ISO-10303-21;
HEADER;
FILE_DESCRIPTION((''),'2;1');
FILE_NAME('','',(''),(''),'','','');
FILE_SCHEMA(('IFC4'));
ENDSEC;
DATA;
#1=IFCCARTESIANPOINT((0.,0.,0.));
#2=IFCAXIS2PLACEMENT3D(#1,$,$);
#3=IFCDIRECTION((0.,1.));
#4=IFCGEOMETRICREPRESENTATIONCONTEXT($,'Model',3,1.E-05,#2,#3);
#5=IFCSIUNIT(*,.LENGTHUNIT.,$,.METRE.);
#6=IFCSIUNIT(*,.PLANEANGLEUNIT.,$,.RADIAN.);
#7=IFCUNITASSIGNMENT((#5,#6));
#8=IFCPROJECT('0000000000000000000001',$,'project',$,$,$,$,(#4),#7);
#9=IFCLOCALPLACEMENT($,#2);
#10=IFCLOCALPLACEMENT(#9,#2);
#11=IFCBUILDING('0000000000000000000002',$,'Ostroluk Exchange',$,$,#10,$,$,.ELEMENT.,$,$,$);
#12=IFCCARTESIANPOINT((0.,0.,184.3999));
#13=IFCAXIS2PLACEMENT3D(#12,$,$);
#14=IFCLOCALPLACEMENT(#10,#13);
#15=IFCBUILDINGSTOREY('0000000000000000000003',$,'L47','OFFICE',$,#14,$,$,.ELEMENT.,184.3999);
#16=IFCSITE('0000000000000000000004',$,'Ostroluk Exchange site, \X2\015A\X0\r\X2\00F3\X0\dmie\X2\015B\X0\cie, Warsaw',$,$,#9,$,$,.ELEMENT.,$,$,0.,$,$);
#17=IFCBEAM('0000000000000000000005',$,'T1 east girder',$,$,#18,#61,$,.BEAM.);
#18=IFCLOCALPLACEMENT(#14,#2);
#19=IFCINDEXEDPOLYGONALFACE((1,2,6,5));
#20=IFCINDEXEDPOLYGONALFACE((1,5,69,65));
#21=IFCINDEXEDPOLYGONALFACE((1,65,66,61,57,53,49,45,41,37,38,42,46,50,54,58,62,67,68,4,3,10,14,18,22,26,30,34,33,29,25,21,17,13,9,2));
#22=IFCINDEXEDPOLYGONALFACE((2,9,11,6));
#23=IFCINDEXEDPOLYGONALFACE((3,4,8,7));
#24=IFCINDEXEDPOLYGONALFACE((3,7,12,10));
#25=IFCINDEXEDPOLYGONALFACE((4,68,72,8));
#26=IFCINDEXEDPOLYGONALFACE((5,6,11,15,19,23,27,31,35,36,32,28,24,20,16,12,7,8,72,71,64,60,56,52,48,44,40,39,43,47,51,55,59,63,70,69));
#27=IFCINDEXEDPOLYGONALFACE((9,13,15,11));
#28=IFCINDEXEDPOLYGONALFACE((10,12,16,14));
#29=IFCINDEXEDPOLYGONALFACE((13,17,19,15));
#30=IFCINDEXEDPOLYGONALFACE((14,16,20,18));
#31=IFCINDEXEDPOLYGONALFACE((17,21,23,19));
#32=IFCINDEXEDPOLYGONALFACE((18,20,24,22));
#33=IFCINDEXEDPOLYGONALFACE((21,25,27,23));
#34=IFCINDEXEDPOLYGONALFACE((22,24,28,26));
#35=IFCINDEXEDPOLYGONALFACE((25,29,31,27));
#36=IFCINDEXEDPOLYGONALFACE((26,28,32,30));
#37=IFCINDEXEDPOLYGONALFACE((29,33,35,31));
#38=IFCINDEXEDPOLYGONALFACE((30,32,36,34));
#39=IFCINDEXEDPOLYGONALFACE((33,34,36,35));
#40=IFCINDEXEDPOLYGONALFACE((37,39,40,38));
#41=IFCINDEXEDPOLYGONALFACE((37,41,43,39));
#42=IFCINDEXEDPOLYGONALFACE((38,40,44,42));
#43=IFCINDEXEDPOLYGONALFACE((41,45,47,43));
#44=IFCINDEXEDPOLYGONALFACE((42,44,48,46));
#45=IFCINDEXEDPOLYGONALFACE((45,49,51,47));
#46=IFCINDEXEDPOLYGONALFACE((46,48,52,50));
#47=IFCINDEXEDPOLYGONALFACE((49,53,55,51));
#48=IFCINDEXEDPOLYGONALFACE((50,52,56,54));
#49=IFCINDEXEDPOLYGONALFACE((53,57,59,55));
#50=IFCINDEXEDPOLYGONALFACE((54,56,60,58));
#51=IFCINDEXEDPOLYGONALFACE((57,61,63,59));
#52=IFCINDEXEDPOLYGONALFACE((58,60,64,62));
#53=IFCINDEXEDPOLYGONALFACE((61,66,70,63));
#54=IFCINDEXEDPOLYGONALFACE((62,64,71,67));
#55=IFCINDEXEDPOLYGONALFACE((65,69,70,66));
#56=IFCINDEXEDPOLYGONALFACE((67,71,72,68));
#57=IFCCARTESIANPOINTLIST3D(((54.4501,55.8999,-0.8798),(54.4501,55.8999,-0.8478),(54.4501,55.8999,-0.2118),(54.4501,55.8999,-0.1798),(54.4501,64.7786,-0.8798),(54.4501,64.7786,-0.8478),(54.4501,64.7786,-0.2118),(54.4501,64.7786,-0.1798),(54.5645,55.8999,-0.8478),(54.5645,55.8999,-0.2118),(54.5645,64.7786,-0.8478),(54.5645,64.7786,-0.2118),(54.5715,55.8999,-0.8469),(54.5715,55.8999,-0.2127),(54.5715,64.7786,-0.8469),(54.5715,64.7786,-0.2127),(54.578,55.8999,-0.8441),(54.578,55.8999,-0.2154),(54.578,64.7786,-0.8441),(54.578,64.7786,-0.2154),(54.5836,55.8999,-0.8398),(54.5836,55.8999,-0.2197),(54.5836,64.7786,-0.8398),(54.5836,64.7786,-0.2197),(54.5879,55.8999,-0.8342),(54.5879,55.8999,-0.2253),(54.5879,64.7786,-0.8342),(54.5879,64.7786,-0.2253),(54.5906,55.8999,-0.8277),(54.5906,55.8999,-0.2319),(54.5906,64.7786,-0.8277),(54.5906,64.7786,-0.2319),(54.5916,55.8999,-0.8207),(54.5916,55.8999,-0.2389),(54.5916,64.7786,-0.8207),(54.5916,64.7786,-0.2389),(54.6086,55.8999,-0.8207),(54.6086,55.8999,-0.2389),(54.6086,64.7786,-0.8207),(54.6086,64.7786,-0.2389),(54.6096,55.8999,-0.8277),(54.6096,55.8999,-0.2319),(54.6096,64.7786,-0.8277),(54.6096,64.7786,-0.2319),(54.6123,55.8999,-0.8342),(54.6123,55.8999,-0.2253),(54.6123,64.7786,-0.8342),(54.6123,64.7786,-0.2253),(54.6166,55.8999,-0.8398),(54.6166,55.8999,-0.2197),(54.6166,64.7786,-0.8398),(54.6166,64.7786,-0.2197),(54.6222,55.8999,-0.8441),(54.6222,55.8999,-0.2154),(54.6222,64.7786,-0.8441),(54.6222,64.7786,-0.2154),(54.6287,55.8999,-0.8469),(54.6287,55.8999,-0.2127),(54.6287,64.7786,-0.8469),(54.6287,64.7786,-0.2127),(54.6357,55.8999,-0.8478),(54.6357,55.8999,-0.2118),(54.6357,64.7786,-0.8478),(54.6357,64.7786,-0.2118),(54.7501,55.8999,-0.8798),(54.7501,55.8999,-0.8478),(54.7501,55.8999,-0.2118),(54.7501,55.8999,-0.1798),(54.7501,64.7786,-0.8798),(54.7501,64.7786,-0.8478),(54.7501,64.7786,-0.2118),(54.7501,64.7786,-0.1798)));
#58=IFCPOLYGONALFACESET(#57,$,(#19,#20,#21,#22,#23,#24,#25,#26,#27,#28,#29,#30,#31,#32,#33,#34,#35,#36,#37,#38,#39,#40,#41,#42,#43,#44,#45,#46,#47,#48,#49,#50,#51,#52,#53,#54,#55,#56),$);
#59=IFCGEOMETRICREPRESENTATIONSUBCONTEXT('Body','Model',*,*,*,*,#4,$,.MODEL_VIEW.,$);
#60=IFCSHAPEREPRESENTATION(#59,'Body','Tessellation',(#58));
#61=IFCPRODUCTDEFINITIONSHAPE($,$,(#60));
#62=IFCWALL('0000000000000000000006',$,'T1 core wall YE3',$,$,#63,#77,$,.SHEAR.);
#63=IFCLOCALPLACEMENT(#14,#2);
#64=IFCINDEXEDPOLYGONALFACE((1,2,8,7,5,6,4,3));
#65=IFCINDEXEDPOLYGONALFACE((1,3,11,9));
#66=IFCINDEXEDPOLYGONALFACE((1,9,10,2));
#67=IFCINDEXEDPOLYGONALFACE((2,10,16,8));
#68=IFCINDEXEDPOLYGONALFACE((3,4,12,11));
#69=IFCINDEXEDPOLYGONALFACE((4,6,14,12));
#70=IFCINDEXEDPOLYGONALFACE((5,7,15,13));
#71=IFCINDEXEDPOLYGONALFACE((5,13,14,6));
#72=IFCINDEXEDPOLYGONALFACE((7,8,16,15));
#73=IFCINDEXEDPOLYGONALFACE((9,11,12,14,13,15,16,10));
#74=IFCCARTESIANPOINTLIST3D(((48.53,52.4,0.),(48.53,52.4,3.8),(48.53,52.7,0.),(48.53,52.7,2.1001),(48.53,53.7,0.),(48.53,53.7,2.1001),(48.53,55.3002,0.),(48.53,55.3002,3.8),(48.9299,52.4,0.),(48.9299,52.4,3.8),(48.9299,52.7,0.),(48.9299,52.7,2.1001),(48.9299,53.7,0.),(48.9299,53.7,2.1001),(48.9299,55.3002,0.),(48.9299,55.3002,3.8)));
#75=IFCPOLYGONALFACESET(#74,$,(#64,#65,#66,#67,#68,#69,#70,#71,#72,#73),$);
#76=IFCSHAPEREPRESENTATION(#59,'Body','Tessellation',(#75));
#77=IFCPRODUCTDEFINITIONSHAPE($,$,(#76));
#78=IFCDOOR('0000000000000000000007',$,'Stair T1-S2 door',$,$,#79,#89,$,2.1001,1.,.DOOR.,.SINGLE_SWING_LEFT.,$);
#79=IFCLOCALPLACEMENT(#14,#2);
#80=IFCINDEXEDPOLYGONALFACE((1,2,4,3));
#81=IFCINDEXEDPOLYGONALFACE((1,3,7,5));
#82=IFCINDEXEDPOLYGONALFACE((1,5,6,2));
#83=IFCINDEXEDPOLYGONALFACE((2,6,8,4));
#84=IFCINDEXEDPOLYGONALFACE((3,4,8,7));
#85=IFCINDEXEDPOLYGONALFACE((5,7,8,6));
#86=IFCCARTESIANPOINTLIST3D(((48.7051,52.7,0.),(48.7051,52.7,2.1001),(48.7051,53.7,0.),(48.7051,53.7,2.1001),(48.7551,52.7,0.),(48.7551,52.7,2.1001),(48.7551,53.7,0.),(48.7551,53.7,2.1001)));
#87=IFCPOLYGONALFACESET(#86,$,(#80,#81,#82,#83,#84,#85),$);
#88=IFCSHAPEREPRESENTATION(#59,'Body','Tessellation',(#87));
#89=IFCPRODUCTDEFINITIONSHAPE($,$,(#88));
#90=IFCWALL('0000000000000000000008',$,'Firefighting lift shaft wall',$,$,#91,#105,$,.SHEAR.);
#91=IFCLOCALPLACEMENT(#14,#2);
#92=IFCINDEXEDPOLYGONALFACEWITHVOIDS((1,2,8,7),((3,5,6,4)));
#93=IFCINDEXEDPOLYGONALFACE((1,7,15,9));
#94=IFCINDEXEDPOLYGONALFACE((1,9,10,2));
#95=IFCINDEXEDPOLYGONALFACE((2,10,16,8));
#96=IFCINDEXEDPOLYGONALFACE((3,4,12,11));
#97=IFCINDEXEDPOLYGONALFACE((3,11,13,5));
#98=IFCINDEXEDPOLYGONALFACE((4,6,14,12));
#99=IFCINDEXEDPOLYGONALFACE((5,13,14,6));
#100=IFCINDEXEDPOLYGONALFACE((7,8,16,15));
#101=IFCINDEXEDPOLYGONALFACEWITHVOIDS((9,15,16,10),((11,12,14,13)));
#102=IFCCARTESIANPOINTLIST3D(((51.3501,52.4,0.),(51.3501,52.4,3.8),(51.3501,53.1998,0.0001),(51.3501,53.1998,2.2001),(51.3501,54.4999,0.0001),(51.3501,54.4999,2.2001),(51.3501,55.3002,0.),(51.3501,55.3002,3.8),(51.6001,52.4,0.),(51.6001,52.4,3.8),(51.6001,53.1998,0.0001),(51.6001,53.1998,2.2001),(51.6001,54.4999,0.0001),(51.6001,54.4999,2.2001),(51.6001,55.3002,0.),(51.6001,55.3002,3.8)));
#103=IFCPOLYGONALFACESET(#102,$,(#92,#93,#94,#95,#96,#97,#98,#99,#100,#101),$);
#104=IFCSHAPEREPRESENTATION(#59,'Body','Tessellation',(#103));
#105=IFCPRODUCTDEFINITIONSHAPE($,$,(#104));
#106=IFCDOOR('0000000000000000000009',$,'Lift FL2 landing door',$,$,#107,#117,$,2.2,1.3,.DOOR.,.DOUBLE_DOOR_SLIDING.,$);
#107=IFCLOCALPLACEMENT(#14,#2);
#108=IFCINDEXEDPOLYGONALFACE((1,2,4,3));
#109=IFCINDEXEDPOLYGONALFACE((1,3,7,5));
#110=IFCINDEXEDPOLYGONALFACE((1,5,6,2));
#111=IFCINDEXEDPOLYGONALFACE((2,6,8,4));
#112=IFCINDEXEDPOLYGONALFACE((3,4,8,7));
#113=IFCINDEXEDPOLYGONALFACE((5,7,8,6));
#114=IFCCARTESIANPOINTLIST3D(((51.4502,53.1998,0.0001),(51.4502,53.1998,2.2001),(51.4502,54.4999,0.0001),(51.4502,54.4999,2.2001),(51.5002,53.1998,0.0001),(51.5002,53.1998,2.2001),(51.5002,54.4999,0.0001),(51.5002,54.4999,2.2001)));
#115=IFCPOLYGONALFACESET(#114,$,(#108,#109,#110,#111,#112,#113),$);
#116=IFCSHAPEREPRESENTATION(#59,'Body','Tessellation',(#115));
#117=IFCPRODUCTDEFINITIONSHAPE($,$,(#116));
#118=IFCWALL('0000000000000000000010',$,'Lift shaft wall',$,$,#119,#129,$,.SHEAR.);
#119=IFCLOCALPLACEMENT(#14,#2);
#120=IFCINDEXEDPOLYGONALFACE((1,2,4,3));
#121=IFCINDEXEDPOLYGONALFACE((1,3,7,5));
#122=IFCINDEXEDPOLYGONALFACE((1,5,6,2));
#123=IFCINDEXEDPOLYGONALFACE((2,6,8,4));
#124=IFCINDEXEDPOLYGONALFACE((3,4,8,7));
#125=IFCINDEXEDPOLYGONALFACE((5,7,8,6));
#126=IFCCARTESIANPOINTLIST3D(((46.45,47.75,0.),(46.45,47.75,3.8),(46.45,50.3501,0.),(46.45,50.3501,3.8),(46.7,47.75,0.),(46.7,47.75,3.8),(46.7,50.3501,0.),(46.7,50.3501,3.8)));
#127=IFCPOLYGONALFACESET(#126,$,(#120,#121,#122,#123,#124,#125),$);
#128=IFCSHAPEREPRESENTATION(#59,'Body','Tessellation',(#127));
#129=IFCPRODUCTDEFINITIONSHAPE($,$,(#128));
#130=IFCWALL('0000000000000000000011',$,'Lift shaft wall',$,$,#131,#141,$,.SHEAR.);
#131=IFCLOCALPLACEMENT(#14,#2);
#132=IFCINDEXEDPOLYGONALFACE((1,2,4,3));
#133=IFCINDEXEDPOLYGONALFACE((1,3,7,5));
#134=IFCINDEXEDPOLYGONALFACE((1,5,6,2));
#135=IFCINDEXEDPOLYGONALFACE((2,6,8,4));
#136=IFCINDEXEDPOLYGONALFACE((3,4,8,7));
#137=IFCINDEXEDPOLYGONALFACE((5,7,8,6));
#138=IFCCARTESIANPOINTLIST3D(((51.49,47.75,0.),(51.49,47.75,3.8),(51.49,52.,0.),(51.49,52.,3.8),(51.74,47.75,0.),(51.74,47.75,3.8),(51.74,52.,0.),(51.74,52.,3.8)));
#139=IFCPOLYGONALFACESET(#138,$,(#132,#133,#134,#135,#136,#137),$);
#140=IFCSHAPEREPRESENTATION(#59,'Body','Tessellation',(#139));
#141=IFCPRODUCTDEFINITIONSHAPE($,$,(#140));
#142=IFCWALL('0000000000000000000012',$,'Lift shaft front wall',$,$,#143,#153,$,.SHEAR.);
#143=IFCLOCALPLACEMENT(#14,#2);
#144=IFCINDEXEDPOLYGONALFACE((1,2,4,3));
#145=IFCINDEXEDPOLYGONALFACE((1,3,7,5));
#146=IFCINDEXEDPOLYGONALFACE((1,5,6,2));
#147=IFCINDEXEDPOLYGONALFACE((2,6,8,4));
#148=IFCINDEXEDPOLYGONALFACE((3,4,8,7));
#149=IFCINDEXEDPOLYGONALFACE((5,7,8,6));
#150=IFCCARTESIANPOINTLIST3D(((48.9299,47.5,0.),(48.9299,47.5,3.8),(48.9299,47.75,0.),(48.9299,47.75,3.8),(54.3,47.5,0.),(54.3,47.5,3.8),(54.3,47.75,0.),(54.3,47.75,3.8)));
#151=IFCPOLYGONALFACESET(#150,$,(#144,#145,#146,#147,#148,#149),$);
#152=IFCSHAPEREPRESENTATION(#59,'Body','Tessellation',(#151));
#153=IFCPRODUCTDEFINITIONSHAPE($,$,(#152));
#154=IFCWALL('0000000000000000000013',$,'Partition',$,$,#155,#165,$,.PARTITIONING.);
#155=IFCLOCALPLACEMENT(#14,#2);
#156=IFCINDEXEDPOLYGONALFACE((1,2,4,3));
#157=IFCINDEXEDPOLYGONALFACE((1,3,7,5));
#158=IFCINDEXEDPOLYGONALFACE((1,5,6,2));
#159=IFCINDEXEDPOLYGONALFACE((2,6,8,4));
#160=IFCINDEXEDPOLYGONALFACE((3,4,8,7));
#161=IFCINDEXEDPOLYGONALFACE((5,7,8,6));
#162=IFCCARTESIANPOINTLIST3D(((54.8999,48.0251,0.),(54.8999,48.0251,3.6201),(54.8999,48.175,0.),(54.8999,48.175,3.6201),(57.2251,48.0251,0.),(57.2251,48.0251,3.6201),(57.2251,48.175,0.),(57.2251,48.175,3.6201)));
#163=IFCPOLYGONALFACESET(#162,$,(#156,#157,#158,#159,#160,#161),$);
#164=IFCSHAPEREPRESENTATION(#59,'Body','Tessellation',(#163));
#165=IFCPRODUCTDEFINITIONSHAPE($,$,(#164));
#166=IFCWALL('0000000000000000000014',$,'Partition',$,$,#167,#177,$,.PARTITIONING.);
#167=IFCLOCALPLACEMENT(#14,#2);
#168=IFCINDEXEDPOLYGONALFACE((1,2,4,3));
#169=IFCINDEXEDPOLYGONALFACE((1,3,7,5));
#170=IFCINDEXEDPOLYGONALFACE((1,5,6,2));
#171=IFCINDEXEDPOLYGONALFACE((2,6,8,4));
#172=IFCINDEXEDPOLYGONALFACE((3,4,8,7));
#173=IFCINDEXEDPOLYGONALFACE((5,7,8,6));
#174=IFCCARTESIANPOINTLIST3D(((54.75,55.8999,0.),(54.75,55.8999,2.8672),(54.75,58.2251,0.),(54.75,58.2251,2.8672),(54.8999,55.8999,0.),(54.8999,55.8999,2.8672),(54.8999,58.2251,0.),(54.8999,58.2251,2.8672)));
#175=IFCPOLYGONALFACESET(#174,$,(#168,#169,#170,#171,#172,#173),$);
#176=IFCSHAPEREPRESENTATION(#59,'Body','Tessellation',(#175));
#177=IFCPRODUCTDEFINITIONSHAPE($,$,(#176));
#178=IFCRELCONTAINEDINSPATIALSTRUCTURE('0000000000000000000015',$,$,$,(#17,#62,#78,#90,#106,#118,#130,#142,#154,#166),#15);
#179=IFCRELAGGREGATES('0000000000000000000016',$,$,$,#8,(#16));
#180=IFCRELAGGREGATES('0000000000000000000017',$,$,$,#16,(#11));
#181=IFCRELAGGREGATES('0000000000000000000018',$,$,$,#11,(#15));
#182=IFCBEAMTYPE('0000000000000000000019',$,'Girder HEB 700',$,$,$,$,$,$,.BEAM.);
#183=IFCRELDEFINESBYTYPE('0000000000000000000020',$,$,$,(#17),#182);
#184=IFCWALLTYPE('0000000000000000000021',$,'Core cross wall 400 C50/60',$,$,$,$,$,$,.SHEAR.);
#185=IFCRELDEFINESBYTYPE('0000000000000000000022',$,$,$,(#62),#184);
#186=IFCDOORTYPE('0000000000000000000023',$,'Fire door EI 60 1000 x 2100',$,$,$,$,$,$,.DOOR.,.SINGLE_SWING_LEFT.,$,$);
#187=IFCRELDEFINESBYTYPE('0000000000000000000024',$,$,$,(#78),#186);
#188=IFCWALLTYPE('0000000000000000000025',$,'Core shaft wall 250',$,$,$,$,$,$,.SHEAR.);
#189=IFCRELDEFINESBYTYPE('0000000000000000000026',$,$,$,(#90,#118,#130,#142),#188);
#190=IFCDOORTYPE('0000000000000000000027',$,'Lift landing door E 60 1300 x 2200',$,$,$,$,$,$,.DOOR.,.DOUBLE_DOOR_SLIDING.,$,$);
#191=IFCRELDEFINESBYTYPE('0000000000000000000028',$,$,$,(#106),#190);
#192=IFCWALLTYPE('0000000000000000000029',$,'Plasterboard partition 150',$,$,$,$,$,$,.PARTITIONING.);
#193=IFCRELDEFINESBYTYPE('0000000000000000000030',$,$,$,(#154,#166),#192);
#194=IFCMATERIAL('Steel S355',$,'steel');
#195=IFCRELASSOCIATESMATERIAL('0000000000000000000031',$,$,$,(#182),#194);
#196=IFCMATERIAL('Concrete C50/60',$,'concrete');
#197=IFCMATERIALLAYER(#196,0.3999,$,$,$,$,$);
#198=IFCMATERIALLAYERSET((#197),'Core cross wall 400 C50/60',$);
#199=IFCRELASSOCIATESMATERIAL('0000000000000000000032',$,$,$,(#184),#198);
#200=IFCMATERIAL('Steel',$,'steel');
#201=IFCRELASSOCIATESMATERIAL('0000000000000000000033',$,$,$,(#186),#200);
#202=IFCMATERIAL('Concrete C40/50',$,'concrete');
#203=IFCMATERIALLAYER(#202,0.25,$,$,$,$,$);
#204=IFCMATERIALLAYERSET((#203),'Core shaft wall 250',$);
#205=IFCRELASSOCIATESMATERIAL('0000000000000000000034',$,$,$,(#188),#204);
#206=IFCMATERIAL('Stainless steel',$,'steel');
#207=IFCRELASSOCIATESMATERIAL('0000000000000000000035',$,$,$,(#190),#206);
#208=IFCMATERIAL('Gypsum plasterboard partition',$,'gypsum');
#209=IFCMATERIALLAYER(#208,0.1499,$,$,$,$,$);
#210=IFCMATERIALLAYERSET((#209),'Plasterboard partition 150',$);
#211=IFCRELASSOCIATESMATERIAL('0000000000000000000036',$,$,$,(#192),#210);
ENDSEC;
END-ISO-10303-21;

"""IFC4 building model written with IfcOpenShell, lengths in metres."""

from ifc_helpers import new_model, si_unit, direction, frame, frame_2d, origin, origin_2d, place, context, subcontext, project, spatial, rectangle, i_section, extrude, material, layer, layer_set, material_profile, profile_set, type_object, element, fill, save


model = new_model("IFC4")

# Units and contexts
model_context = context("Model", 3, precision=1e-05, world=origin(), true_north=direction((0.0, 1.0)))
body_context = subcontext(model_context, "Body", "Model", "MODEL_VIEW")
ifc_project = project(units=[si_unit("LENGTHUNIT", "METRE"), si_unit("PLANEANGLEUNIT", "RADIAN")], contexts=[model_context])

# Site, building, storey
site_placement = place(None, origin())
site = spatial("IfcSite", under=ifc_project, at=site_placement, Name="Ostroluk Exchange site, Śródmieście, Warsaw", CompositionType="ELEMENT", RefElevation=0.0)
building_placement = place(site_placement, origin())
building = spatial("IfcBuilding", under=site, at=building_placement, Name="Ostroluk Exchange", CompositionType="ELEMENT")
storey_placement = place(building_placement, frame((0.0, 0.0, 184.3999)))
storey = spatial("IfcBuildingStorey", under=building, at=storey_placement, Name="L47", Description="OFFICE", CompositionType="ELEMENT", Elevation=184.3999)

# Beam
ifc_material_1 = material(Name="Steel S355", Category="steel")
ifc_material_profile_1 = material_profile(ifc_material_1, i_section(OverallWidth=0.3, OverallDepth=0.7, WebThickness=0.0171, FlangeThickness=0.032, FilletRadius=0.0271, at=origin_2d()), Name="HEB 700")
ifc_profile_set_1 = profile_set([ifc_material_profile_1], Name="Steel S355")
beam_type_1 = type_object("IfcBeamType", Name="Girder HEB 700", PredefinedType="BEAM", material=ifc_profile_set_1)
beam_1_placement = place(storey_placement, frame((54.6001, 55.8999, -0.5298), z_axis=(0.0, 1.0, 0.0), x_axis=(-1.0, 0.0, 0.0)))
element("IfcBeam", 1, at=beam_1_placement, inside=storey, type_object=beam_type_1, Name="T1 east girder", PredefinedType="BEAM", context=body_context, shape_type="SweptSolid", body=[
    extrude(i_section(OverallWidth=0.3, OverallDepth=0.7, WebThickness=0.0171, FlangeThickness=0.032, FilletRadius=0.0271, at=origin_2d()), origin(), (0.0, 0.0, 1.0), 8.8787),
])

# Walls, openings, doors
ifc_material_2 = material(Name="Concrete C50/60", Category="concrete")
ifc_layer_1 = layer(ifc_material_2, 0.3999)
ifc_layer_set_1 = layer_set([ifc_layer_1], Name="Core cross wall 400 C50/60")
wall_type_1 = type_object("IfcWallType", Name="Core cross wall 400 C50/60", PredefinedType="SHEAR", material=ifc_layer_set_1)
wall_1_placement = place(storey_placement, frame((48.73, 52.3999, 0.0), z_axis=(0.0, 0.0, 1.0), x_axis=(0.0, 1.0, 0.0)))
wall_1 = element("IfcWall", 2, at=wall_1_placement, inside=storey, type_object=wall_type_1, Name="T1 core wall YE3", PredefinedType="SHEAR", context=body_context, shape_type="SweptSolid", body=[
    extrude(rectangle(XDim=2.9001, YDim=0.3999, at=frame_2d((1.4502, 0.0))), origin(), (0.0, 0.0, 1.0), 3.8),
])
opening_1_placement = place(wall_1_placement, frame((0.3, 0.0, 0.0)))
opening_1 = element("IfcOpeningElement", 3, at=opening_1_placement, cuts=wall_1, PredefinedType="OPENING", context=body_context, shape_type="SweptSolid", body=[
    extrude(rectangle(XDim=1.0, YDim=2.1001, at=frame_2d((0.5, 1.05))), frame((0.0, 0.21, 0.0), z_axis=(0.0, -1.0, 0.0), x_axis=(1.0, 0.0, 0.0)), (0.0, 0.0, 1.0), 0.4199),
])
ifc_material_3 = material(Name="Steel", Category="steel")
door_type_1 = type_object("IfcDoorType", Name="Fire door EI 60 1000 x 2100", OperationType="SINGLE_SWING_LEFT", PredefinedType="DOOR", material=ifc_material_3)
door_1_placement = place(opening_1_placement, origin())
door_1 = element("IfcDoor", 4, at=door_1_placement, inside=storey, type_object=door_type_1, Name="Stair T1-S2 door", OperationType="SINGLE_SWING_LEFT", OverallHeight=2.1001, OverallWidth=1.0, PredefinedType="DOOR", context=body_context, shape_type="SweptSolid", body=[
    extrude(rectangle(XDim=1.0, YDim=2.1001, at=frame_2d((0.5, 1.05))), frame((0.0, 0.0249, 0.0), z_axis=(0.0, -1.0, 0.0), x_axis=(1.0, 0.0, 0.0)), (0.0, 0.0, 1.0), 0.05),
])
fill(opening_1, door_1)
ifc_material_4 = material(Name="Concrete C40/50", Category="concrete")
ifc_layer_2 = layer(ifc_material_4, 0.25)
ifc_layer_set_2 = layer_set([ifc_layer_2], Name="Core shaft wall 250")
wall_type_2 = type_object("IfcWallType", Name="Core shaft wall 250", PredefinedType="SHEAR", material=ifc_layer_set_2)
wall_2_placement = place(storey_placement, frame((51.4751, 52.3999, 0.0), z_axis=(0.0, 0.0, 1.0), x_axis=(0.0, 1.0, 0.0)))
wall_2 = element("IfcWall", 5, at=wall_2_placement, inside=storey, type_object=wall_type_2, Name="Firefighting lift shaft wall", PredefinedType="SHEAR", context=body_context, shape_type="SweptSolid", body=[
    extrude(rectangle(XDim=2.9001, YDim=0.25, at=frame_2d((1.4502, 0.0))), origin(), (0.0, 0.0, 1.0), 3.8),
])
opening_2_placement = place(wall_2_placement, frame((0.8, 0.0, 0.0)))
opening_2 = element("IfcOpeningElement", 6, at=opening_2_placement, cuts=wall_2, PredefinedType="OPENING", context=body_context, shape_type="SweptSolid", body=[
    extrude(rectangle(XDim=1.3, YDim=2.2, at=frame_2d((0.6499, 1.1001))), frame((0.0, 0.135, 0.0), z_axis=(0.0, -1.0, 0.0), x_axis=(1.0, 0.0, 0.0)), (0.0, 0.0, 1.0), 0.27),
])
ifc_material_5 = material(Name="Stainless steel", Category="steel")
door_type_2 = type_object("IfcDoorType", Name="Lift landing door E 60 1300 x 2200", OperationType="DOUBLE_DOOR_SLIDING", PredefinedType="DOOR", material=ifc_material_5)
door_2_placement = place(opening_2_placement, origin())
door_2 = element("IfcDoor", 7, at=door_2_placement, inside=storey, type_object=door_type_2, Name="Lift FL2 landing door", OperationType="DOUBLE_DOOR_SLIDING", OverallHeight=2.2, OverallWidth=1.3, PredefinedType="DOOR", context=body_context, shape_type="SweptSolid", body=[
    extrude(rectangle(XDim=1.3, YDim=2.2, at=frame_2d((0.6499, 1.1001))), frame((0.0, 0.0249, 0.0), z_axis=(0.0, -1.0, 0.0), x_axis=(1.0, 0.0, 0.0)), (0.0, 0.0, 1.0), 0.05),
])
fill(opening_2, door_2)

# Walls
wall_3_placement = place(storey_placement, frame((46.575, 47.75, 0.0), z_axis=(0.0, 0.0, 1.0), x_axis=(0.0, 1.0, 0.0)))
element("IfcWall", 8, at=wall_3_placement, inside=storey, type_object=wall_type_2, Name="Lift shaft wall", PredefinedType="SHEAR", context=body_context, shape_type="SweptSolid", body=[
    extrude(rectangle(XDim=2.6001, YDim=0.25, at=frame_2d((1.3, 0.0))), origin(), (0.0, 0.0, 1.0), 3.8),
])
wall_4_placement = place(storey_placement, frame((51.615, 47.75, 0.0), z_axis=(0.0, 0.0, 1.0), x_axis=(0.0, 1.0, 0.0)))
element("IfcWall", 9, at=wall_4_placement, inside=storey, type_object=wall_type_2, Name="Lift shaft wall", PredefinedType="SHEAR", context=body_context, shape_type="SweptSolid", body=[
    extrude(rectangle(XDim=4.25, YDim=0.25, at=frame_2d((2.125, 0.0))), origin(), (0.0, 0.0, 1.0), 3.8),
])
wall_5_placement = place(storey_placement, frame((48.9299, 47.625, 0.0), z_axis=(0.0, 0.0, 1.0), x_axis=(1.0, 0.0, 0.0)))
element("IfcWall", 10, at=wall_5_placement, inside=storey, type_object=wall_type_2, Name="Lift shaft front wall", PredefinedType="SHEAR", context=body_context, shape_type="SweptSolid", body=[
    extrude(rectangle(XDim=5.3701, YDim=0.25, at=frame_2d((2.6851, 0.0))), origin(), (0.0, 0.0, 1.0), 3.8),
])
ifc_material_6 = material(Name="Gypsum plasterboard partition", Category="gypsum")
ifc_layer_3 = layer(ifc_material_6, 0.1499)
ifc_layer_set_3 = layer_set([ifc_layer_3], Name="Plasterboard partition 150")
wall_type_3 = type_object("IfcWallType", Name="Plasterboard partition 150", PredefinedType="PARTITIONING", material=ifc_layer_set_3)
wall_6_placement = place(storey_placement, frame((54.8999, 48.1001, 0.0), z_axis=(0.0, 0.0, 1.0), x_axis=(1.0, 0.0, 0.0)))
element("IfcWall", 11, at=wall_6_placement, inside=storey, type_object=wall_type_3, Name="Partition", PredefinedType="PARTITIONING", context=body_context, shape_type="SweptSolid", body=[
    extrude(rectangle(XDim=2.3252, YDim=0.1499, at=frame_2d((1.1626, 0.0))), origin(), (0.0, 0.0, 1.0), 3.6201),
])
wall_7_placement = place(storey_placement, frame((54.825, 55.8999, 0.0), z_axis=(0.0, 0.0, 1.0), x_axis=(0.0, 1.0, 0.0)))
element("IfcWall", 12, at=wall_7_placement, inside=storey, type_object=wall_type_3, Name="Partition", PredefinedType="PARTITIONING", context=body_context, shape_type="SweptSolid", body=[
    extrude(rectangle(XDim=2.3252, YDim=0.1499, at=frame_2d((1.1626, 0.0))), origin(), (0.0, 0.0, 1.0), 2.8672),
])

save(model, "model.ifc")
